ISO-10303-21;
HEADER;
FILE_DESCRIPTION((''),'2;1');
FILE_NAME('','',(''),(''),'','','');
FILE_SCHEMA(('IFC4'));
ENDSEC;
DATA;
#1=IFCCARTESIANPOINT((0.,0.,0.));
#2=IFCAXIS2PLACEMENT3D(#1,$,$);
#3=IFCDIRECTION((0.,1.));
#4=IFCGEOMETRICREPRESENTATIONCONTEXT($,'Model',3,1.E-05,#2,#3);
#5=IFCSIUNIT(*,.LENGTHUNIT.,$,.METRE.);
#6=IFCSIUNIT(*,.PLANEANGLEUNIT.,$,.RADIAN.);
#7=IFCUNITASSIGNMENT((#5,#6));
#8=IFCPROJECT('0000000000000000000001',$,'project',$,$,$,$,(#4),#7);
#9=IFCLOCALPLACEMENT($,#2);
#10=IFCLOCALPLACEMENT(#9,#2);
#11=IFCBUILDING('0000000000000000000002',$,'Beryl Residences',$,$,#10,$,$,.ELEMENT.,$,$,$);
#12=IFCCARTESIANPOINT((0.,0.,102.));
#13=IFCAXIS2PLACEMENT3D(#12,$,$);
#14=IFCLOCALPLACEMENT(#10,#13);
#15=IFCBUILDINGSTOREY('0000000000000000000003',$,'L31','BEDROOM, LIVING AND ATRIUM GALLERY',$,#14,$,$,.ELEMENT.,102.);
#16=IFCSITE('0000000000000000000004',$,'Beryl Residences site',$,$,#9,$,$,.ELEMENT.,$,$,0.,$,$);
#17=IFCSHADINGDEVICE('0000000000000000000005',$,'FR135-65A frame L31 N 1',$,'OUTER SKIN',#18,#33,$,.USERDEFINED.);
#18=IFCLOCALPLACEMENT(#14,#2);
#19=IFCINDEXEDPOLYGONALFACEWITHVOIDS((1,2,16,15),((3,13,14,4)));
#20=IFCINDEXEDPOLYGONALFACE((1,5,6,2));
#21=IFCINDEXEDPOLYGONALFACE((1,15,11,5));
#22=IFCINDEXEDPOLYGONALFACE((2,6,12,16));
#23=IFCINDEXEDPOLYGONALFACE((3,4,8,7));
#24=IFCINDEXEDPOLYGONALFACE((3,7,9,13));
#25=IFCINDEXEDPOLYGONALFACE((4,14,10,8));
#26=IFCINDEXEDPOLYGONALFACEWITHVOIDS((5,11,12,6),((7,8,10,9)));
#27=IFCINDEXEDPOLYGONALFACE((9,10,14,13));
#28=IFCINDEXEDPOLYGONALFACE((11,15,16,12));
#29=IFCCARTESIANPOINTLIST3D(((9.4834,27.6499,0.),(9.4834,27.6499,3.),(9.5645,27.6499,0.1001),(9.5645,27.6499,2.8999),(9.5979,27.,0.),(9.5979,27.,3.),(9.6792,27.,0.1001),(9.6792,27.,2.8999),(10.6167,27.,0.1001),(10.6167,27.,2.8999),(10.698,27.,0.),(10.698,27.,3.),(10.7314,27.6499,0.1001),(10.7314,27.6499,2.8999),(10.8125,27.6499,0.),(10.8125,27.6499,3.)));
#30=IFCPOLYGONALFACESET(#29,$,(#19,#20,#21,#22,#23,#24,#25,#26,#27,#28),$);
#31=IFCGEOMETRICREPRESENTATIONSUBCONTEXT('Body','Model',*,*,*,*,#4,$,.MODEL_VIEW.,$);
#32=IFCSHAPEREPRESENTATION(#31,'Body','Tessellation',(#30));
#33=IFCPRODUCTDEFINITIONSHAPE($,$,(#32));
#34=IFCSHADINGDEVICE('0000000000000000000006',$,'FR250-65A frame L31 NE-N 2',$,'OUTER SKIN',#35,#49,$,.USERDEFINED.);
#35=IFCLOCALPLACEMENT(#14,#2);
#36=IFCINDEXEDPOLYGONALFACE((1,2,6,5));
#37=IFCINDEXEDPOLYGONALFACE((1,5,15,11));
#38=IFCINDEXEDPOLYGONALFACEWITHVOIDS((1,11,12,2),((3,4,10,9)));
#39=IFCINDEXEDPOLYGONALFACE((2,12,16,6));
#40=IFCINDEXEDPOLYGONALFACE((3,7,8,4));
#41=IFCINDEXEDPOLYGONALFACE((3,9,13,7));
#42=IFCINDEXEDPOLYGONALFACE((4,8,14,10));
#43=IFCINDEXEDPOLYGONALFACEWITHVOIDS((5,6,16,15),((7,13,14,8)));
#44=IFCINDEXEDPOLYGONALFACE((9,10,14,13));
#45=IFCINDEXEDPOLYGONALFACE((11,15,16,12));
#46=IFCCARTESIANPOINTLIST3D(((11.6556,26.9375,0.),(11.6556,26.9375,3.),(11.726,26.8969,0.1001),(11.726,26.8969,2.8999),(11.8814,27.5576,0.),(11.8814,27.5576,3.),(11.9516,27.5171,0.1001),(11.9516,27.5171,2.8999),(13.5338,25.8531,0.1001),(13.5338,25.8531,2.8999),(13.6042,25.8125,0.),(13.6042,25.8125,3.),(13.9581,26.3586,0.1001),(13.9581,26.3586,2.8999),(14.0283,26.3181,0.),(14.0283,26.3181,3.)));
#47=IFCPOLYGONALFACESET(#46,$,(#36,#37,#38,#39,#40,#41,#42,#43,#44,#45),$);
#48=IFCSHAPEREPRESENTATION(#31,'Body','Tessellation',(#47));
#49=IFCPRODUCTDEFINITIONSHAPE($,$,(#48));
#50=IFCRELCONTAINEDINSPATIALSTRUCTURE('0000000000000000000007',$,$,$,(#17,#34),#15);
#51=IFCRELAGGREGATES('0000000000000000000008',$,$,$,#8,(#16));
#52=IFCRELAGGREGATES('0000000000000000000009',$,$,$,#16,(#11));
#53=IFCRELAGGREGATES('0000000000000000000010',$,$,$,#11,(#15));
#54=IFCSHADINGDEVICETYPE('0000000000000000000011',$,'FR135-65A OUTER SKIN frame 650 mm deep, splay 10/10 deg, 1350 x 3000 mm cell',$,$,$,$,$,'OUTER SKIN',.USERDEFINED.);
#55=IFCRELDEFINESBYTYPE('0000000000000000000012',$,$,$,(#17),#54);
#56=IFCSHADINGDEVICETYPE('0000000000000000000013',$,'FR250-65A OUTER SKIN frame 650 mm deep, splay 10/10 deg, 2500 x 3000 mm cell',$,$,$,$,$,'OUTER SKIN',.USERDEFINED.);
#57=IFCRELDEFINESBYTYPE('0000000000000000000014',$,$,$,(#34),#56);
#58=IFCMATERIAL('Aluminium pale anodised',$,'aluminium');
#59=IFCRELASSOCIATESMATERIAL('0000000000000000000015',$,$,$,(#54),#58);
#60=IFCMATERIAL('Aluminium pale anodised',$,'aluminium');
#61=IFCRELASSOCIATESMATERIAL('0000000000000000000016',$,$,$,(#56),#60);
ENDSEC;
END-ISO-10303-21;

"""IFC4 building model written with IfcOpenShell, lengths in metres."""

from ifc_helpers import new_model, entity, si_unit, direction, frame, origin, place, context, subcontext, project, spatial, source, transform, mapped, material, type_object, type_shapes, element, save


model = new_model("IFC4")

# Units and contexts
model_context = context("Model", 3, precision=1e-05, world=origin(), true_north=direction((0.0, 1.0)))
body_context = subcontext(model_context, "Body", "Model", "MODEL_VIEW")
ifc_project = project(units=[si_unit("LENGTHUNIT", "METRE"), si_unit("PLANEANGLEUNIT", "RADIAN")], contexts=[model_context])

# Site, building, storey
site_placement = place(None, origin())
site = spatial("IfcSite", under=ifc_project, at=site_placement, Name="Beryl Residences site", CompositionType="ELEMENT", RefElevation=0.0)
building_placement = place(site_placement, origin())
building = spatial("IfcBuilding", under=site, at=building_placement, Name="Beryl Residences", CompositionType="ELEMENT")
storey_placement = place(building_placement, frame((0.0, 0.0, 102.0)))
storey = spatial("IfcBuildingStorey", under=building, at=storey_placement, Name="L31", Description="BEDROOM, LIVING AND ATRIUM GALLERY", CompositionType="ELEMENT", Elevation=102.0)

# Shading devices
ifc_material_1 = material(Name="Aluminium pale anodised", Category="aluminium")
shading_device_type_1 = type_object("IfcShadingDeviceType", Name="FR135-65A OUTER SKIN frame 650 mm deep, splay 10/10 deg, 1350 x 3000 mm cell", ElementType="OUTER SKIN", PredefinedType="USERDEFINED", material=ifc_material_1)
cartesian_point_1 = entity("IfcCartesianPoint", [-0.55, 0.0])
cartesian_point_2 = entity("IfcCartesianPoint", [-0.4688, 0.1001])
cartesian_point_3 = entity("IfcCartesianPoint", [-0.6646, 0.0])
cartesian_point_4 = entity("IfcCartesianPoint", [-0.5835, 0.1001])
shared_shape_1 = source(origin(), body_context, "Body", "SweptSolid", [
    entity("IfcExtrudedAreaSolidTapered", entity("IfcArbitraryProfileDefWithVoids", "AREA", None, entity("IfcPolyline", [cartesian_point_1, entity("IfcCartesianPoint", [0.55, 0.0]), entity("IfcCartesianPoint", [0.55, 3.0]), entity("IfcCartesianPoint", [-0.55, 3.0]), cartesian_point_1]), [entity("IfcPolyline", [cartesian_point_2, entity("IfcCartesianPoint", [0.4688, 0.1001]), entity("IfcCartesianPoint", [0.4688, 2.8999]), entity("IfcCartesianPoint", [-0.4688, 2.8999]), cartesian_point_2])]), entity("IfcAxis2Placement3D", entity("IfcCartesianPoint", [0.0, 0.0, 0.0]), entity("IfcDirection", [0.0, 1.0, 0.0]), entity("IfcDirection", [-1.0, 0.0, 0.0])), entity("IfcDirection", [0.0, 0.0, 1.0]), 0.6499, entity("IfcArbitraryProfileDefWithVoids", "AREA", None, entity("IfcPolyline", [cartesian_point_3, entity("IfcCartesianPoint", [0.6646, 0.0]), entity("IfcCartesianPoint", [0.6646, 3.0]), entity("IfcCartesianPoint", [-0.6646, 3.0]), cartesian_point_3]), [entity("IfcPolyline", [cartesian_point_4, entity("IfcCartesianPoint", [0.5835, 0.1001]), entity("IfcCartesianPoint", [0.5835, 2.8999]), entity("IfcCartesianPoint", [-0.5835, 2.8999]), cartesian_point_4])])),
])
type_shapes(shading_device_type_1, [shared_shape_1])
shading_device_1_placement = place(storey_placement, frame((10.1479, 27.0, 0.0), z_axis=(0.0, 0.0, 1.0), x_axis=(1.0, 0.0, 0.0)))
element("IfcShadingDevice", 1, at=shading_device_1_placement, inside=storey, type_object=shading_device_type_1, Name="FR135-65A frame L31 N 1", ObjectType="OUTER SKIN", PredefinedType="USERDEFINED", context=body_context, shape_type="MappedRepresentation", body=[
    mapped(shared_shape_1, transform((0.0, 0.0, 0.0))),
])
ifc_material_2 = material(Name="Aluminium pale anodised", Category="aluminium")
shading_device_type_2 = type_object("IfcShadingDeviceType", Name="FR250-65A OUTER SKIN frame 650 mm deep, splay 10/10 deg, 2500 x 3000 mm cell", ElementType="OUTER SKIN", PredefinedType="USERDEFINED", material=ifc_material_2)
cartesian_point_5 = entity("IfcCartesianPoint", [-1.125, 0.0])
cartesian_point_6 = entity("IfcCartesianPoint", [-1.0437, 0.1001])
cartesian_point_7 = entity("IfcCartesianPoint", [-1.2395, 0.0])
cartesian_point_8 = entity("IfcCartesianPoint", [-1.1584, 0.1001])
shared_shape_2 = source(origin(), body_context, "Body", "SweptSolid", [
    entity("IfcExtrudedAreaSolidTapered", entity("IfcArbitraryProfileDefWithVoids", "AREA", None, entity("IfcPolyline", [cartesian_point_5, entity("IfcCartesianPoint", [1.125, 0.0]), entity("IfcCartesianPoint", [1.125, 3.0]), entity("IfcCartesianPoint", [-1.125, 3.0]), cartesian_point_5]), [entity("IfcPolyline", [cartesian_point_6, entity("IfcCartesianPoint", [1.0437, 0.1001]), entity("IfcCartesianPoint", [1.0437, 2.8999]), entity("IfcCartesianPoint", [-1.0437, 2.8999]), cartesian_point_6])]), entity("IfcAxis2Placement3D", entity("IfcCartesianPoint", [0.0, 0.0, 0.0]), entity("IfcDirection", [0.0, 1.0, 0.0]), entity("IfcDirection", [-1.0, 0.0, 0.0])), entity("IfcDirection", [0.0, 0.0, 1.0]), 0.6499, entity("IfcArbitraryProfileDefWithVoids", "AREA", None, entity("IfcPolyline", [cartesian_point_7, entity("IfcCartesianPoint", [1.2395, 0.0]), entity("IfcCartesianPoint", [1.2395, 3.0]), entity("IfcCartesianPoint", [-1.2395, 3.0]), cartesian_point_7]), [entity("IfcPolyline", [cartesian_point_8, entity("IfcCartesianPoint", [1.1584, 0.1001]), entity("IfcCartesianPoint", [1.1584, 2.8999]), entity("IfcCartesianPoint", [-1.1584, 2.8999]), cartesian_point_8])])),
])
type_shapes(shading_device_type_2, [shared_shape_2])
shading_device_2_placement = place(storey_placement, frame((12.6299, 26.375, 0.0), z_axis=(0.0, 0.0, 1.0), x_axis=(0.866025, -0.5, 0.0)))
element("IfcShadingDevice", 2, at=shading_device_2_placement, inside=storey, type_object=shading_device_type_2, Name="FR250-65A frame L31 NE-N 2", ObjectType="OUTER SKIN", PredefinedType="USERDEFINED", context=body_context, shape_type="MappedRepresentation", body=[
    mapped(shared_shape_2, transform((0.0, 0.0, 0.0))),
])

save(model, "model.ifc")
